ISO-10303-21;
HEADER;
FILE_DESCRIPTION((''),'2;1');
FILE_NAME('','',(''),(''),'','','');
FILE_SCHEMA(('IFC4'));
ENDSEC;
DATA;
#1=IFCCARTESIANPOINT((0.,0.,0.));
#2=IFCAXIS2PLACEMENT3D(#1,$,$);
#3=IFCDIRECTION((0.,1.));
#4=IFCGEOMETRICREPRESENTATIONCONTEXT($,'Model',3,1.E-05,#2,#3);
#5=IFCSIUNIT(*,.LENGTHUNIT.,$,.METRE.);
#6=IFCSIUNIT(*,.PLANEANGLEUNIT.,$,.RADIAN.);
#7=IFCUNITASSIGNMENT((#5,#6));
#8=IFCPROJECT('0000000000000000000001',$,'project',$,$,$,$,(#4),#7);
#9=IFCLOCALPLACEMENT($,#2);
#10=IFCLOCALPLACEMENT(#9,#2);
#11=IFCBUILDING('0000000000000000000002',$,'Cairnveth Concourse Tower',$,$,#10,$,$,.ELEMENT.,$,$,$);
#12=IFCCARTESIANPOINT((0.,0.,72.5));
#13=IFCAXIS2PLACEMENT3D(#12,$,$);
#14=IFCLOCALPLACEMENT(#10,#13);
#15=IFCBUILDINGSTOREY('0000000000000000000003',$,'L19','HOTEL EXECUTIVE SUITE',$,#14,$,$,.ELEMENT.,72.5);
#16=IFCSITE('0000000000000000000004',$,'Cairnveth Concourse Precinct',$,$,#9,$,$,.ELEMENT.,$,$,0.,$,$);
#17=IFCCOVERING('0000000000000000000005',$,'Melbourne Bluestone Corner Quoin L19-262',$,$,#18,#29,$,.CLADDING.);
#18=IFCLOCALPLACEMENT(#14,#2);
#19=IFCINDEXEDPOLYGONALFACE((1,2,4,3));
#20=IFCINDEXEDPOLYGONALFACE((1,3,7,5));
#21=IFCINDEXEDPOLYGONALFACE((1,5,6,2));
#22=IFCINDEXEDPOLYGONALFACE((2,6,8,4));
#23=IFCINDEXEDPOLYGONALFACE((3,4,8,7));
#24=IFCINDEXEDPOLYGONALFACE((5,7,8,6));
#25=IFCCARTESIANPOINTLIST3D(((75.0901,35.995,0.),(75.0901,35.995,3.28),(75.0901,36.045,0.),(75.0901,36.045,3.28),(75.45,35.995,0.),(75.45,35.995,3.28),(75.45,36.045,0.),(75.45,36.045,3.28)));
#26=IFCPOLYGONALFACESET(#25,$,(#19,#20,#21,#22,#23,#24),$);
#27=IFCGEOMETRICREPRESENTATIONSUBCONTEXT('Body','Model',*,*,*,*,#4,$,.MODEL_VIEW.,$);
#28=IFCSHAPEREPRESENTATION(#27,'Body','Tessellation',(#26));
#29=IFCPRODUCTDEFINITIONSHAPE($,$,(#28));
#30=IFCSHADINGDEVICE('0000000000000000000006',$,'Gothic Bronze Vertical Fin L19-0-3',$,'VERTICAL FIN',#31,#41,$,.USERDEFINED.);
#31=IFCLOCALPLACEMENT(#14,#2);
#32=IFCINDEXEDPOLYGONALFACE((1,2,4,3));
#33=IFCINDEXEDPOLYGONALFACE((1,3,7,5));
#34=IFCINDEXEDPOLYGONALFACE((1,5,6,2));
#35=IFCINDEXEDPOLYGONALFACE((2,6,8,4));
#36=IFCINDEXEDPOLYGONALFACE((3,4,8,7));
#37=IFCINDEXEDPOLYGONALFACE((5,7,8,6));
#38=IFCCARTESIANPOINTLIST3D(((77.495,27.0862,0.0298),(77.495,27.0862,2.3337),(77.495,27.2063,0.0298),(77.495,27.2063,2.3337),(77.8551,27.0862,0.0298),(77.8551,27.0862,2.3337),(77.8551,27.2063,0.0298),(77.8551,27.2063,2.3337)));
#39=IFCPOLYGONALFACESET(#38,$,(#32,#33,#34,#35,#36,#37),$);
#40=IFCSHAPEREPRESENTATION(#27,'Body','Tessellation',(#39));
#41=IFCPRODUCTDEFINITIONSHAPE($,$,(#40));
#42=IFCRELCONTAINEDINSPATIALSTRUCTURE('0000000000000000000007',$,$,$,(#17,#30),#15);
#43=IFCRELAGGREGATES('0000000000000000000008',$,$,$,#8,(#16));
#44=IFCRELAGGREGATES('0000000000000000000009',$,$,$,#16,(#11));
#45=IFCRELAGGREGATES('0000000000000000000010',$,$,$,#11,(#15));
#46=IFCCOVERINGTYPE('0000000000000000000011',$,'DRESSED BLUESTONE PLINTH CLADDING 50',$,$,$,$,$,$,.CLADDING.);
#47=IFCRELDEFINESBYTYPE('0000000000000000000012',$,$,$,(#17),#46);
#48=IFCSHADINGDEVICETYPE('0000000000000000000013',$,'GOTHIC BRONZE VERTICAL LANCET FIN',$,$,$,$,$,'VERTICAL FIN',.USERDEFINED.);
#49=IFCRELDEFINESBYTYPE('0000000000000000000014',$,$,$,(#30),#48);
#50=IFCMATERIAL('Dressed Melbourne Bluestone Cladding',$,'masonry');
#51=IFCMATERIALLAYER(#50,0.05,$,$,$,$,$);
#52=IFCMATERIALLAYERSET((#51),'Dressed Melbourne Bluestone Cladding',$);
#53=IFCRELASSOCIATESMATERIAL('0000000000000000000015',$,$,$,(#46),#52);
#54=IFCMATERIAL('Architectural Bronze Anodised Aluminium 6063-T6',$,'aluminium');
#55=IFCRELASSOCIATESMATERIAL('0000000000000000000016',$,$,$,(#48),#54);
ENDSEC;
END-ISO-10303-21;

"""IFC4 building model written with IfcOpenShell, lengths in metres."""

from ifc_helpers import new_model, si_unit, direction, frame, frame_2d, origin, origin_2d, place, context, subcontext, project, spatial, rectangle, extrude, material, layer, layer_set, type_object, element, save


model = new_model("IFC4")

# Units and contexts
model_context = context("Model", 3, precision=1e-05, world=origin(), true_north=direction((0.0, 1.0)))
body_context = subcontext(model_context, "Body", "Model", "MODEL_VIEW")
ifc_project = project(units=[si_unit("LENGTHUNIT", "METRE"), si_unit("PLANEANGLEUNIT", "RADIAN")], contexts=[model_context])

# Site, building, storey
site_placement = place(None, origin())
site = spatial("IfcSite", under=ifc_project, at=site_placement, Name="Cairnveth Concourse Precinct", CompositionType="ELEMENT", RefElevation=0.0)
building_placement = place(site_placement, origin())
building = spatial("IfcBuilding", under=site, at=building_placement, Name="Cairnveth Concourse Tower", CompositionType="ELEMENT")
storey_placement = place(building_placement, frame((0.0, 0.0, 72.5)))
storey = spatial("IfcBuildingStorey", under=building, at=storey_placement, Name="L19", Description="HOTEL EXECUTIVE SUITE", CompositionType="ELEMENT", Elevation=72.5)

# Shared definitions
ifc_material_1 = material(Name="Dressed Melbourne Bluestone Cladding", Category="masonry")

# Covering
ifc_layer_1 = layer(ifc_material_1, 0.05)
ifc_layer_set_1 = layer_set([ifc_layer_1], Name="Dressed Melbourne Bluestone Cladding")
covering_type = type_object("IfcCoveringType", Name="DRESSED BLUESTONE PLINTH CLADDING 50", PredefinedType="CLADDING", material=ifc_layer_set_1)
covering_placement = place(storey_placement, frame((75.0901, 36.02, 0.0), z_axis=(0.0, 0.0, 1.0), x_axis=(1.0, 0.0, 0.0)))
element("IfcCovering", 1, at=covering_placement, inside=storey, type_object=covering_type, Name="Melbourne Bluestone Corner Quoin L19-262", PredefinedType="CLADDING", context=body_context, shape_type="SweptSolid", body=[
    extrude(rectangle(XDim=0.3599, YDim=0.05, at=frame_2d((0.1799, 0.0))), origin(), (0.0, 0.0, 1.0), 3.28),
])

# Shading device
ifc_material_2 = material(Name="Architectural Bronze Anodised Aluminium 6063-T6", Category="aluminium")
shading_device_type = type_object("IfcShadingDeviceType", Name="GOTHIC BRONZE VERTICAL LANCET FIN", ElementType="VERTICAL FIN", PredefinedType="USERDEFINED", material=ifc_material_2)
shading_device_placement = place(storey_placement, frame((77.675, 27.1462, 0.0298), z_axis=(0.0, 0.0, 1.0), x_axis=(0.0, 1.0, 0.0)))
element("IfcShadingDevice", 2, at=shading_device_placement, inside=storey, type_object=shading_device_type, Name="Gothic Bronze Vertical Fin L19-0-3", ObjectType="VERTICAL FIN", PredefinedType="USERDEFINED", context=body_context, shape_type="SweptSolid", body=[
    extrude(rectangle(XDim=0.1201, YDim=0.3601, at=origin_2d()), origin(), (0.0, 0.0, 1.0), 2.304),
])

save(model, "model.ifc")
